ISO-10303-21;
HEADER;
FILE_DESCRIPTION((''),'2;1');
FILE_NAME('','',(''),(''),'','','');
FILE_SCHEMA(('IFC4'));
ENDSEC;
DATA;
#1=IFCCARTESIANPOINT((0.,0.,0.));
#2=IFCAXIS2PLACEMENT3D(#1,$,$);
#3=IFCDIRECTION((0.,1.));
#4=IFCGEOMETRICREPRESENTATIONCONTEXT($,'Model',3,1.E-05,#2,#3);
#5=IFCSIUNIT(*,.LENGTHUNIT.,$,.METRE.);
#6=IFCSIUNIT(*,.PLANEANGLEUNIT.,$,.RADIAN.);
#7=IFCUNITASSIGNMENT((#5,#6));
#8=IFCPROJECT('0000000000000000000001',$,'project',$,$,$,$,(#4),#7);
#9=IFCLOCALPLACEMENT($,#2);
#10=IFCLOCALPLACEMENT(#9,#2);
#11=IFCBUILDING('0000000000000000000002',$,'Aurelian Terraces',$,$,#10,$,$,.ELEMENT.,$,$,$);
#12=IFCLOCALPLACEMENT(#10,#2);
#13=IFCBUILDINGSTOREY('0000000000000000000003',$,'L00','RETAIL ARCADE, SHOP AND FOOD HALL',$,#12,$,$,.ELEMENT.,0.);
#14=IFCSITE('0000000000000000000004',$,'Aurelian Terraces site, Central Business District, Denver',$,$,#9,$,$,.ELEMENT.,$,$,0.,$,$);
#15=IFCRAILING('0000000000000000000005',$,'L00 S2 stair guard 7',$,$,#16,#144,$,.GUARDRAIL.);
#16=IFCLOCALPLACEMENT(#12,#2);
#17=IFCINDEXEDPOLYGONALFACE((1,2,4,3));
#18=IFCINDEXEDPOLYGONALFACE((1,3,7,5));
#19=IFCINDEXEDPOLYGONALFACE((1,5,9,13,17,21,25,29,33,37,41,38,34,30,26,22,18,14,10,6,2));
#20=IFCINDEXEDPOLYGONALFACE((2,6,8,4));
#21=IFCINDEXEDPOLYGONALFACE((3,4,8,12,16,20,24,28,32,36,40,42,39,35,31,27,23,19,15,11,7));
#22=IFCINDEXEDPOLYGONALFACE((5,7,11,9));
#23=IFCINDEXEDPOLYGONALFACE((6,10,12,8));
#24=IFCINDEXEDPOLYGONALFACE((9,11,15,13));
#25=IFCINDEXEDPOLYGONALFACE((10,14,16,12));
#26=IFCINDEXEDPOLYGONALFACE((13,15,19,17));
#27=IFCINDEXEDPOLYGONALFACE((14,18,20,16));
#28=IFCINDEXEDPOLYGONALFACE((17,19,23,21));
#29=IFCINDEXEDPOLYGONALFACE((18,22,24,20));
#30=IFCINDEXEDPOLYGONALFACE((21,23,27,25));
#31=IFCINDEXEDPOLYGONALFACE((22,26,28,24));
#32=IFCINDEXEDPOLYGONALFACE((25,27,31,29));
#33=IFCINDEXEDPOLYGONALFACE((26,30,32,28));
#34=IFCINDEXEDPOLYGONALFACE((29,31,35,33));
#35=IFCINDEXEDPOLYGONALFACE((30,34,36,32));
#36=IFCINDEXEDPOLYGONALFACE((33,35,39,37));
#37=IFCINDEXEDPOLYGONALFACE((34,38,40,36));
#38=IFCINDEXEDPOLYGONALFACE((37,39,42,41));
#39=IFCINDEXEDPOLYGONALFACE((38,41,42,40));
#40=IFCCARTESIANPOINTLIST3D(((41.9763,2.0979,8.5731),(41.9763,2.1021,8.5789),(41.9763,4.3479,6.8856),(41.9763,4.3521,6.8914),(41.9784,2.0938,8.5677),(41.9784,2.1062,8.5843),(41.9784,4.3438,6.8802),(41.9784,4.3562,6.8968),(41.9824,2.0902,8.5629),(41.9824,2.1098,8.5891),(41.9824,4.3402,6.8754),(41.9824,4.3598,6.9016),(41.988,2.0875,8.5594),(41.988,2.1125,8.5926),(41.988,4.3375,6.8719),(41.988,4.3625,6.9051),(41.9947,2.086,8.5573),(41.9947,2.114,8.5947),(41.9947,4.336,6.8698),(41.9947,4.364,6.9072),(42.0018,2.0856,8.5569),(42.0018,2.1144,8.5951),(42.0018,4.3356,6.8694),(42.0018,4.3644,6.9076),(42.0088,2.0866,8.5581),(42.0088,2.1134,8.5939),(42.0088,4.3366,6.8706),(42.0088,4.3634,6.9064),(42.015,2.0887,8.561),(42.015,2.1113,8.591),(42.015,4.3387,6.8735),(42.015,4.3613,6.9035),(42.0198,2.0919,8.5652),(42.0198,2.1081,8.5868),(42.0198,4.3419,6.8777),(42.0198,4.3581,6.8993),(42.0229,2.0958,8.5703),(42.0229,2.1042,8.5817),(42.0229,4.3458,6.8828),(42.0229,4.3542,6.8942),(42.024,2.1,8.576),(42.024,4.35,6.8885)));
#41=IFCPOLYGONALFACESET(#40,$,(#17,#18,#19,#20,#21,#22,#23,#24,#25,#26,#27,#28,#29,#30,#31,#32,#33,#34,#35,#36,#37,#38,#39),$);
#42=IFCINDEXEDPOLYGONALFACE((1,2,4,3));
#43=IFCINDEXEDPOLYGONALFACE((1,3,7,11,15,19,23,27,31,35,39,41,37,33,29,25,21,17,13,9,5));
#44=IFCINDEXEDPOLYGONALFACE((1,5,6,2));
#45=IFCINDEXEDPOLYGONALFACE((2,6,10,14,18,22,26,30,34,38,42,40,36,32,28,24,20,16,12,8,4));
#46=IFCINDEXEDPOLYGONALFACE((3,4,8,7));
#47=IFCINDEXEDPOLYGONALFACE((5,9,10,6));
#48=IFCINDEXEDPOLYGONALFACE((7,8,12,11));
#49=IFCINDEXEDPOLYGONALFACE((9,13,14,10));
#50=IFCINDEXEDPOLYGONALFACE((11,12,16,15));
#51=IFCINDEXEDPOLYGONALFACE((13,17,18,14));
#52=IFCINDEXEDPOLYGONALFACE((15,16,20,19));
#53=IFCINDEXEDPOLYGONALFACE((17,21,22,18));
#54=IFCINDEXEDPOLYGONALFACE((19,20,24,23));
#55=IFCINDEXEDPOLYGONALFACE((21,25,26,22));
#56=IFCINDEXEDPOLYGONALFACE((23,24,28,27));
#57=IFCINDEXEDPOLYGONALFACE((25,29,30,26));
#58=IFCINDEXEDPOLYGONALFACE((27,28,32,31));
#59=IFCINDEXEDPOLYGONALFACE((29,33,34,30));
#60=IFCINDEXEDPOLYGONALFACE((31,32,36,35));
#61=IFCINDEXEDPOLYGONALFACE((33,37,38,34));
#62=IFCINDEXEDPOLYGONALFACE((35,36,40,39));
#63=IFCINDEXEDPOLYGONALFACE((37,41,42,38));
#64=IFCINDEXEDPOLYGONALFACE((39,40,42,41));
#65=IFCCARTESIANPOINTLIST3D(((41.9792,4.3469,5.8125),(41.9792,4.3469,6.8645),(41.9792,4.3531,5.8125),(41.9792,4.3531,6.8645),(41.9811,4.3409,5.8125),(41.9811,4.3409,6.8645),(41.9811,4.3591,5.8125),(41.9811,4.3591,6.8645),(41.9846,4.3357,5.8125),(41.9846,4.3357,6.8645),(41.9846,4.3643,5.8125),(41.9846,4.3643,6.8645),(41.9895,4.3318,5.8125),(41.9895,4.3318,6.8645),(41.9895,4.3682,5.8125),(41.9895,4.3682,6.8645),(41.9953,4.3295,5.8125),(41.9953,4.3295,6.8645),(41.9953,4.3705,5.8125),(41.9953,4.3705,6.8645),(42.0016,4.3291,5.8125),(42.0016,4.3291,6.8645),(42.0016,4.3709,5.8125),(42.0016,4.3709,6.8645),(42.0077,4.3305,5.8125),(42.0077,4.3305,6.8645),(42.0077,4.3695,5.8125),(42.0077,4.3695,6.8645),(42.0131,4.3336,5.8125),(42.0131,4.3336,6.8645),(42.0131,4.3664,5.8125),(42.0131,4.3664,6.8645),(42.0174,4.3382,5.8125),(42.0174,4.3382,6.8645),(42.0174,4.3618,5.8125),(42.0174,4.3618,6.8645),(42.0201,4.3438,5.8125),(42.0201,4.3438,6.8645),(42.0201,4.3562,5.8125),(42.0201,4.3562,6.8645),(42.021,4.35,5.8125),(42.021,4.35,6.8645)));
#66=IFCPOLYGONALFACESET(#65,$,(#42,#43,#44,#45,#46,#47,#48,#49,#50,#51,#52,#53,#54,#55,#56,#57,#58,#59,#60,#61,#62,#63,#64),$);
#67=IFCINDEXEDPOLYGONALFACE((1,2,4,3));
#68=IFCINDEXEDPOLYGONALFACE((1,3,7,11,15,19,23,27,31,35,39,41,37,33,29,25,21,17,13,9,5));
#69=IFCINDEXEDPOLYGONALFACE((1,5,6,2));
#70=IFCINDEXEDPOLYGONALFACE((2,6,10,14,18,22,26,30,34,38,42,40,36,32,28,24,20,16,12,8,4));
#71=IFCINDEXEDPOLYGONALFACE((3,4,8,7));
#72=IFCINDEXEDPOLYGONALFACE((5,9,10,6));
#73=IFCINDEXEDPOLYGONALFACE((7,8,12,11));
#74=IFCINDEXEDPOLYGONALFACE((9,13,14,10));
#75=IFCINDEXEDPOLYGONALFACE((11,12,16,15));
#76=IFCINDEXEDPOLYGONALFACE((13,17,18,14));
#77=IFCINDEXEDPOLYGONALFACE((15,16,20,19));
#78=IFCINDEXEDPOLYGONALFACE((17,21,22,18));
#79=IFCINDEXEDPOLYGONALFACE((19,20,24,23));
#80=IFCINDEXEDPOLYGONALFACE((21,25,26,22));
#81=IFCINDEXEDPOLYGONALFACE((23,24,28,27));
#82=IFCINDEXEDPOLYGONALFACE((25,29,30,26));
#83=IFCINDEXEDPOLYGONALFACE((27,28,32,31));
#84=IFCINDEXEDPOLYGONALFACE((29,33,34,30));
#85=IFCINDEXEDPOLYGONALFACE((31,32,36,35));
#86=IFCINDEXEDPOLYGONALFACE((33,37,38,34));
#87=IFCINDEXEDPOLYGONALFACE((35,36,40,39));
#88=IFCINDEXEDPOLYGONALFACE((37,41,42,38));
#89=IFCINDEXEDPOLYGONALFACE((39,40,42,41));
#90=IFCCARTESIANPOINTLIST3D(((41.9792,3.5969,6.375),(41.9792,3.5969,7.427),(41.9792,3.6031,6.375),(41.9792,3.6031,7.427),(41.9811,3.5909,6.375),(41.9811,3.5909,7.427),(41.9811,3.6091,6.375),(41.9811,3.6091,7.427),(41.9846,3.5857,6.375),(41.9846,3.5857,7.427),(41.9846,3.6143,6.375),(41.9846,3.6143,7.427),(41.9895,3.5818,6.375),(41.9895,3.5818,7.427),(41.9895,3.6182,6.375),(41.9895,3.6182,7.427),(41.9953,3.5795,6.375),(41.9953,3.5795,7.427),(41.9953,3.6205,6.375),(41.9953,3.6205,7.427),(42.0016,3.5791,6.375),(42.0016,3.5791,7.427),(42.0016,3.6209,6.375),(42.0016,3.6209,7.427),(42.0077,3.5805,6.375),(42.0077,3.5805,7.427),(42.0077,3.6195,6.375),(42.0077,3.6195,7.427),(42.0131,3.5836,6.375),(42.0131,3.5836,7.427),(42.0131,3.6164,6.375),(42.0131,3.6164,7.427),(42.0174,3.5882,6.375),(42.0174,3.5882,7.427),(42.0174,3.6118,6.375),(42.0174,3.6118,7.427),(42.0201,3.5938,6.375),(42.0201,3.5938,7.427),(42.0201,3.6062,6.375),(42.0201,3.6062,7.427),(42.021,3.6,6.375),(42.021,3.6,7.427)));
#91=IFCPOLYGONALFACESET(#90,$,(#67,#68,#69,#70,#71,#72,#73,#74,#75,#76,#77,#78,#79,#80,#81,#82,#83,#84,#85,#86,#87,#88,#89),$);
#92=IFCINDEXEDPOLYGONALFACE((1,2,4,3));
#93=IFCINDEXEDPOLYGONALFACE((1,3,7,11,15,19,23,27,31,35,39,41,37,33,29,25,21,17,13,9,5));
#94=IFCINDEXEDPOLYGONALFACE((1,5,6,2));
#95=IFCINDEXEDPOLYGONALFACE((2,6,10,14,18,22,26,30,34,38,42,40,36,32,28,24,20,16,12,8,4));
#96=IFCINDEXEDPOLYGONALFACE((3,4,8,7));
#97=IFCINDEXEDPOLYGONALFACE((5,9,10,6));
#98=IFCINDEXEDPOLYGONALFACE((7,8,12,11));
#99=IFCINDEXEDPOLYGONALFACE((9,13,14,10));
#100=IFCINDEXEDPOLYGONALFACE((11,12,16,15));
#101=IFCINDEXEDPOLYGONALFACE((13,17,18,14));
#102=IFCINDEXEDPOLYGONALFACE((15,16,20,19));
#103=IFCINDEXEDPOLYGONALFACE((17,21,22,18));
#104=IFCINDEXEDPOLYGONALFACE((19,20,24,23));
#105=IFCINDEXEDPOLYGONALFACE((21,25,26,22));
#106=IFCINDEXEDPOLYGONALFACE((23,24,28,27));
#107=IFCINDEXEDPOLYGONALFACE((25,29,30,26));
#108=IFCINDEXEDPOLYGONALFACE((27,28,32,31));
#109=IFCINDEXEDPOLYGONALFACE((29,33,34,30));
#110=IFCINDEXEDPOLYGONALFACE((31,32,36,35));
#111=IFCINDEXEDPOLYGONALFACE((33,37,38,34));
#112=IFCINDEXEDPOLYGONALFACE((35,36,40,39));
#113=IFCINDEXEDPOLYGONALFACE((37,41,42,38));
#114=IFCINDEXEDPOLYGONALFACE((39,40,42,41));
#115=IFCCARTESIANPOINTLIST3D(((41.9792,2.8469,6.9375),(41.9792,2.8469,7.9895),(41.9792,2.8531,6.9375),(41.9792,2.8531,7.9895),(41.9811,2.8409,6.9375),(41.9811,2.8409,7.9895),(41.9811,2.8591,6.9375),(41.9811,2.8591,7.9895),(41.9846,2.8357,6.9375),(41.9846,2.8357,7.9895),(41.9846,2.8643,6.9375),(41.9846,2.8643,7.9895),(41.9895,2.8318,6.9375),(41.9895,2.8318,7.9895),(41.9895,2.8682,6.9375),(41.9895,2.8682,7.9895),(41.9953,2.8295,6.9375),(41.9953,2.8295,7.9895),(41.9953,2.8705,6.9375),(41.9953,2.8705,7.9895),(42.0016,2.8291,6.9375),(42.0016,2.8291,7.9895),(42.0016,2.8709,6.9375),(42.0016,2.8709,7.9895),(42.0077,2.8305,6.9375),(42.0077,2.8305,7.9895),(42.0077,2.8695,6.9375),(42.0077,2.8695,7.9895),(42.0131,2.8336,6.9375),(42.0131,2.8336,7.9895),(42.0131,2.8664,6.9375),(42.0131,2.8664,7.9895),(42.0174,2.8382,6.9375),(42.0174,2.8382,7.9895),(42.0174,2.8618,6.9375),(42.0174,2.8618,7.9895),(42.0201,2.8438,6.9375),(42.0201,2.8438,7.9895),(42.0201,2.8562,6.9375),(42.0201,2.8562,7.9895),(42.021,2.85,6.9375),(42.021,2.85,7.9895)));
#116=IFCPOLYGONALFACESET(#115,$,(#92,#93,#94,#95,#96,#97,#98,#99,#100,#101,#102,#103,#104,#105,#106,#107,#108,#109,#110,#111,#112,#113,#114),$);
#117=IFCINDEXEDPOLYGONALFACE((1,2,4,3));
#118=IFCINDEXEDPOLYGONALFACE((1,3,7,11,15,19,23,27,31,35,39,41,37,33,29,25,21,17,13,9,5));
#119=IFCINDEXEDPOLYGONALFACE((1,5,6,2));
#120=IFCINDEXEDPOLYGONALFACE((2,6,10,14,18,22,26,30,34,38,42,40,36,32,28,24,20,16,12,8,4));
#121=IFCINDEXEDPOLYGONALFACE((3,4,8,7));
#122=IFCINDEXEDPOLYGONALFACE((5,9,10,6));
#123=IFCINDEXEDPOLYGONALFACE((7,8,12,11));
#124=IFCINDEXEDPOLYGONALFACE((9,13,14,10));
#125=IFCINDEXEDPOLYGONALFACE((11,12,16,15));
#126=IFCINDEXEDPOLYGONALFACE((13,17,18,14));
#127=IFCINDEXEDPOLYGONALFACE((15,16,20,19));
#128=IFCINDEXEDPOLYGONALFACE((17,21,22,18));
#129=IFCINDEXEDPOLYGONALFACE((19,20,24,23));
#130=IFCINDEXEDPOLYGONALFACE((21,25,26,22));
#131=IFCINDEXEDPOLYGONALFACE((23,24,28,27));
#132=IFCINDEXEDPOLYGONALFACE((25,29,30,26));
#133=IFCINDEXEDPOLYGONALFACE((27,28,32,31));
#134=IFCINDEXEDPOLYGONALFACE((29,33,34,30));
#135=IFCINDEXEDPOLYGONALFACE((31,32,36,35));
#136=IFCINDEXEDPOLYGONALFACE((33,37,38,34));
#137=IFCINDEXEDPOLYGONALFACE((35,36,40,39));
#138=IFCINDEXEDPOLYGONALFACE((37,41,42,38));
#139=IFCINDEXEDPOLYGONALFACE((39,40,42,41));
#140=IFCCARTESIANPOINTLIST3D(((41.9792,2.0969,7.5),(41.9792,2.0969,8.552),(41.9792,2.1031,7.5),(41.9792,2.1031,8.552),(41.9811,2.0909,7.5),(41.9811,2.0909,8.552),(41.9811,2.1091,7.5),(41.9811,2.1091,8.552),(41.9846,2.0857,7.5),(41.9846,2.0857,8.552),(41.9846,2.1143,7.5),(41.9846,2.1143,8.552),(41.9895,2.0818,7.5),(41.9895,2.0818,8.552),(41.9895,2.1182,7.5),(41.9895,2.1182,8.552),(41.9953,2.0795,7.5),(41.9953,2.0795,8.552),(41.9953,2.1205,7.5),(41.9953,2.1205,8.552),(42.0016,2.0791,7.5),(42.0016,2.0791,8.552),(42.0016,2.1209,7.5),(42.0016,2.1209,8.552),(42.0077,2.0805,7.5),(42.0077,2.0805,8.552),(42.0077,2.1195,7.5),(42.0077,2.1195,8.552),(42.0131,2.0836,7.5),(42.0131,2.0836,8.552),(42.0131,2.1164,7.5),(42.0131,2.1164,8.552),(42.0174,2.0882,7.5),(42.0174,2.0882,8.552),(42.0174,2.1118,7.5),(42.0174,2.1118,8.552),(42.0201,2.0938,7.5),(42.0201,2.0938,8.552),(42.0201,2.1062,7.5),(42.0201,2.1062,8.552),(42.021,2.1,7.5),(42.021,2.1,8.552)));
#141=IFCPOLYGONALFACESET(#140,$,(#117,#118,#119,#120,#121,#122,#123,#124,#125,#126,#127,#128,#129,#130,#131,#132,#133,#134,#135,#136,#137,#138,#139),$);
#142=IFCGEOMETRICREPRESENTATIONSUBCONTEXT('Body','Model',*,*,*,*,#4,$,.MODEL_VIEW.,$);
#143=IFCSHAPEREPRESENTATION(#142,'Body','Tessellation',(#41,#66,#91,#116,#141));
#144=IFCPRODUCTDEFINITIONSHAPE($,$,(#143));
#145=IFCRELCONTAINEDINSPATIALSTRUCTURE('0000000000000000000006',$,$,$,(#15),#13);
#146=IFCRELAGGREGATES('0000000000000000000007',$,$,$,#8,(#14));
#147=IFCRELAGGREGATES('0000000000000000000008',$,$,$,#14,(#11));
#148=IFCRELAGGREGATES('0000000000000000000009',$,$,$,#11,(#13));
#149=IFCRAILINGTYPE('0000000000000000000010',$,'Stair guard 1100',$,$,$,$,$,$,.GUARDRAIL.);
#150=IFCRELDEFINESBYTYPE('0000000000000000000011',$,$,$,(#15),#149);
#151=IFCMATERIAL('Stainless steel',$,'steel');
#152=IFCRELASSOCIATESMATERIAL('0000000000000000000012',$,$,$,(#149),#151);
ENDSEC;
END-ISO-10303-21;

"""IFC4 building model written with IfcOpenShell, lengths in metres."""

from ifc_helpers import new_model, si_unit, direction, frame, origin, origin_2d, place, context, subcontext, project, spatial, circle, extrude, source, transform, mapped, material, type_object, element, save


model = new_model("IFC4")

# Units and contexts
model_context = context("Model", 3, precision=1e-05, world=origin(), true_north=direction((0.0, 1.0)))
body_context = subcontext(model_context, "Body", "Model", "MODEL_VIEW")
ifc_project = project(units=[si_unit("LENGTHUNIT", "METRE"), si_unit("PLANEANGLEUNIT", "RADIAN")], contexts=[model_context])

# Site, building, storey
site_placement = place(None, origin())
site = spatial("IfcSite", under=ifc_project, at=site_placement, Name="Aurelian Terraces site, Central Business District, Denver", CompositionType="ELEMENT", RefElevation=0.0)
building_placement = place(site_placement, origin())
building = spatial("IfcBuilding", under=site, at=building_placement, Name="Aurelian Terraces", CompositionType="ELEMENT")
storey_placement = place(building_placement, origin())
storey = spatial("IfcBuildingStorey", under=building, at=storey_placement, Name="L00", Description="RETAIL ARCADE, SHOP AND FOOD HALL", CompositionType="ELEMENT", Elevation=0.0)

# Railing
ifc_material_1 = material(Name="Stainless steel", Category="steel")
railing_type_1 = type_object("IfcRailingType", Name="Stair guard 1100", PredefinedType="GUARDRAIL", material=ifc_material_1)
shared_shape_1 = source(origin(), body_context, "Body", "SweptSolid", [
    extrude(circle(Radius=0.024, at=origin_2d()), frame((0.0, 0.0, 1.076), z_axis=(0.0, -0.8, 0.6), x_axis=(1.0, 0.0, 0.0)), (0.0, 0.0, 1.0), 2.8125),
    extrude(circle(Radius=0.021, at=origin_2d()), origin(), (0.0, 0.0, 1.0), 1.052),
    extrude(circle(Radius=0.021, at=origin_2d()), frame((0.0, -0.75, 0.5625)), (0.0, 0.0, 1.0), 1.052),
    extrude(circle(Radius=0.021, at=origin_2d()), frame((0.0, -1.5, 1.125)), (0.0, 0.0, 1.0), 1.052),
    extrude(circle(Radius=0.021, at=origin_2d()), frame((0.0, -2.25, 1.6875)), (0.0, 0.0, 1.0), 1.052),
])
for number, where, name in (
    (1, (42.0, 4.35, 5.8125), "L00 S2 stair guard 7"),
):
    element("IfcRailing", number, at=place(storey_placement, frame(where)), inside=storey, type_object=railing_type_1, Name=name, PredefinedType="GUARDRAIL", context=body_context, shape_type="MappedRepresentation", body=[
        mapped(shared_shape_1, transform((0.0, 0.0, 0.0), scale=1.0)),
    ])

save(model, "model.ifc")
